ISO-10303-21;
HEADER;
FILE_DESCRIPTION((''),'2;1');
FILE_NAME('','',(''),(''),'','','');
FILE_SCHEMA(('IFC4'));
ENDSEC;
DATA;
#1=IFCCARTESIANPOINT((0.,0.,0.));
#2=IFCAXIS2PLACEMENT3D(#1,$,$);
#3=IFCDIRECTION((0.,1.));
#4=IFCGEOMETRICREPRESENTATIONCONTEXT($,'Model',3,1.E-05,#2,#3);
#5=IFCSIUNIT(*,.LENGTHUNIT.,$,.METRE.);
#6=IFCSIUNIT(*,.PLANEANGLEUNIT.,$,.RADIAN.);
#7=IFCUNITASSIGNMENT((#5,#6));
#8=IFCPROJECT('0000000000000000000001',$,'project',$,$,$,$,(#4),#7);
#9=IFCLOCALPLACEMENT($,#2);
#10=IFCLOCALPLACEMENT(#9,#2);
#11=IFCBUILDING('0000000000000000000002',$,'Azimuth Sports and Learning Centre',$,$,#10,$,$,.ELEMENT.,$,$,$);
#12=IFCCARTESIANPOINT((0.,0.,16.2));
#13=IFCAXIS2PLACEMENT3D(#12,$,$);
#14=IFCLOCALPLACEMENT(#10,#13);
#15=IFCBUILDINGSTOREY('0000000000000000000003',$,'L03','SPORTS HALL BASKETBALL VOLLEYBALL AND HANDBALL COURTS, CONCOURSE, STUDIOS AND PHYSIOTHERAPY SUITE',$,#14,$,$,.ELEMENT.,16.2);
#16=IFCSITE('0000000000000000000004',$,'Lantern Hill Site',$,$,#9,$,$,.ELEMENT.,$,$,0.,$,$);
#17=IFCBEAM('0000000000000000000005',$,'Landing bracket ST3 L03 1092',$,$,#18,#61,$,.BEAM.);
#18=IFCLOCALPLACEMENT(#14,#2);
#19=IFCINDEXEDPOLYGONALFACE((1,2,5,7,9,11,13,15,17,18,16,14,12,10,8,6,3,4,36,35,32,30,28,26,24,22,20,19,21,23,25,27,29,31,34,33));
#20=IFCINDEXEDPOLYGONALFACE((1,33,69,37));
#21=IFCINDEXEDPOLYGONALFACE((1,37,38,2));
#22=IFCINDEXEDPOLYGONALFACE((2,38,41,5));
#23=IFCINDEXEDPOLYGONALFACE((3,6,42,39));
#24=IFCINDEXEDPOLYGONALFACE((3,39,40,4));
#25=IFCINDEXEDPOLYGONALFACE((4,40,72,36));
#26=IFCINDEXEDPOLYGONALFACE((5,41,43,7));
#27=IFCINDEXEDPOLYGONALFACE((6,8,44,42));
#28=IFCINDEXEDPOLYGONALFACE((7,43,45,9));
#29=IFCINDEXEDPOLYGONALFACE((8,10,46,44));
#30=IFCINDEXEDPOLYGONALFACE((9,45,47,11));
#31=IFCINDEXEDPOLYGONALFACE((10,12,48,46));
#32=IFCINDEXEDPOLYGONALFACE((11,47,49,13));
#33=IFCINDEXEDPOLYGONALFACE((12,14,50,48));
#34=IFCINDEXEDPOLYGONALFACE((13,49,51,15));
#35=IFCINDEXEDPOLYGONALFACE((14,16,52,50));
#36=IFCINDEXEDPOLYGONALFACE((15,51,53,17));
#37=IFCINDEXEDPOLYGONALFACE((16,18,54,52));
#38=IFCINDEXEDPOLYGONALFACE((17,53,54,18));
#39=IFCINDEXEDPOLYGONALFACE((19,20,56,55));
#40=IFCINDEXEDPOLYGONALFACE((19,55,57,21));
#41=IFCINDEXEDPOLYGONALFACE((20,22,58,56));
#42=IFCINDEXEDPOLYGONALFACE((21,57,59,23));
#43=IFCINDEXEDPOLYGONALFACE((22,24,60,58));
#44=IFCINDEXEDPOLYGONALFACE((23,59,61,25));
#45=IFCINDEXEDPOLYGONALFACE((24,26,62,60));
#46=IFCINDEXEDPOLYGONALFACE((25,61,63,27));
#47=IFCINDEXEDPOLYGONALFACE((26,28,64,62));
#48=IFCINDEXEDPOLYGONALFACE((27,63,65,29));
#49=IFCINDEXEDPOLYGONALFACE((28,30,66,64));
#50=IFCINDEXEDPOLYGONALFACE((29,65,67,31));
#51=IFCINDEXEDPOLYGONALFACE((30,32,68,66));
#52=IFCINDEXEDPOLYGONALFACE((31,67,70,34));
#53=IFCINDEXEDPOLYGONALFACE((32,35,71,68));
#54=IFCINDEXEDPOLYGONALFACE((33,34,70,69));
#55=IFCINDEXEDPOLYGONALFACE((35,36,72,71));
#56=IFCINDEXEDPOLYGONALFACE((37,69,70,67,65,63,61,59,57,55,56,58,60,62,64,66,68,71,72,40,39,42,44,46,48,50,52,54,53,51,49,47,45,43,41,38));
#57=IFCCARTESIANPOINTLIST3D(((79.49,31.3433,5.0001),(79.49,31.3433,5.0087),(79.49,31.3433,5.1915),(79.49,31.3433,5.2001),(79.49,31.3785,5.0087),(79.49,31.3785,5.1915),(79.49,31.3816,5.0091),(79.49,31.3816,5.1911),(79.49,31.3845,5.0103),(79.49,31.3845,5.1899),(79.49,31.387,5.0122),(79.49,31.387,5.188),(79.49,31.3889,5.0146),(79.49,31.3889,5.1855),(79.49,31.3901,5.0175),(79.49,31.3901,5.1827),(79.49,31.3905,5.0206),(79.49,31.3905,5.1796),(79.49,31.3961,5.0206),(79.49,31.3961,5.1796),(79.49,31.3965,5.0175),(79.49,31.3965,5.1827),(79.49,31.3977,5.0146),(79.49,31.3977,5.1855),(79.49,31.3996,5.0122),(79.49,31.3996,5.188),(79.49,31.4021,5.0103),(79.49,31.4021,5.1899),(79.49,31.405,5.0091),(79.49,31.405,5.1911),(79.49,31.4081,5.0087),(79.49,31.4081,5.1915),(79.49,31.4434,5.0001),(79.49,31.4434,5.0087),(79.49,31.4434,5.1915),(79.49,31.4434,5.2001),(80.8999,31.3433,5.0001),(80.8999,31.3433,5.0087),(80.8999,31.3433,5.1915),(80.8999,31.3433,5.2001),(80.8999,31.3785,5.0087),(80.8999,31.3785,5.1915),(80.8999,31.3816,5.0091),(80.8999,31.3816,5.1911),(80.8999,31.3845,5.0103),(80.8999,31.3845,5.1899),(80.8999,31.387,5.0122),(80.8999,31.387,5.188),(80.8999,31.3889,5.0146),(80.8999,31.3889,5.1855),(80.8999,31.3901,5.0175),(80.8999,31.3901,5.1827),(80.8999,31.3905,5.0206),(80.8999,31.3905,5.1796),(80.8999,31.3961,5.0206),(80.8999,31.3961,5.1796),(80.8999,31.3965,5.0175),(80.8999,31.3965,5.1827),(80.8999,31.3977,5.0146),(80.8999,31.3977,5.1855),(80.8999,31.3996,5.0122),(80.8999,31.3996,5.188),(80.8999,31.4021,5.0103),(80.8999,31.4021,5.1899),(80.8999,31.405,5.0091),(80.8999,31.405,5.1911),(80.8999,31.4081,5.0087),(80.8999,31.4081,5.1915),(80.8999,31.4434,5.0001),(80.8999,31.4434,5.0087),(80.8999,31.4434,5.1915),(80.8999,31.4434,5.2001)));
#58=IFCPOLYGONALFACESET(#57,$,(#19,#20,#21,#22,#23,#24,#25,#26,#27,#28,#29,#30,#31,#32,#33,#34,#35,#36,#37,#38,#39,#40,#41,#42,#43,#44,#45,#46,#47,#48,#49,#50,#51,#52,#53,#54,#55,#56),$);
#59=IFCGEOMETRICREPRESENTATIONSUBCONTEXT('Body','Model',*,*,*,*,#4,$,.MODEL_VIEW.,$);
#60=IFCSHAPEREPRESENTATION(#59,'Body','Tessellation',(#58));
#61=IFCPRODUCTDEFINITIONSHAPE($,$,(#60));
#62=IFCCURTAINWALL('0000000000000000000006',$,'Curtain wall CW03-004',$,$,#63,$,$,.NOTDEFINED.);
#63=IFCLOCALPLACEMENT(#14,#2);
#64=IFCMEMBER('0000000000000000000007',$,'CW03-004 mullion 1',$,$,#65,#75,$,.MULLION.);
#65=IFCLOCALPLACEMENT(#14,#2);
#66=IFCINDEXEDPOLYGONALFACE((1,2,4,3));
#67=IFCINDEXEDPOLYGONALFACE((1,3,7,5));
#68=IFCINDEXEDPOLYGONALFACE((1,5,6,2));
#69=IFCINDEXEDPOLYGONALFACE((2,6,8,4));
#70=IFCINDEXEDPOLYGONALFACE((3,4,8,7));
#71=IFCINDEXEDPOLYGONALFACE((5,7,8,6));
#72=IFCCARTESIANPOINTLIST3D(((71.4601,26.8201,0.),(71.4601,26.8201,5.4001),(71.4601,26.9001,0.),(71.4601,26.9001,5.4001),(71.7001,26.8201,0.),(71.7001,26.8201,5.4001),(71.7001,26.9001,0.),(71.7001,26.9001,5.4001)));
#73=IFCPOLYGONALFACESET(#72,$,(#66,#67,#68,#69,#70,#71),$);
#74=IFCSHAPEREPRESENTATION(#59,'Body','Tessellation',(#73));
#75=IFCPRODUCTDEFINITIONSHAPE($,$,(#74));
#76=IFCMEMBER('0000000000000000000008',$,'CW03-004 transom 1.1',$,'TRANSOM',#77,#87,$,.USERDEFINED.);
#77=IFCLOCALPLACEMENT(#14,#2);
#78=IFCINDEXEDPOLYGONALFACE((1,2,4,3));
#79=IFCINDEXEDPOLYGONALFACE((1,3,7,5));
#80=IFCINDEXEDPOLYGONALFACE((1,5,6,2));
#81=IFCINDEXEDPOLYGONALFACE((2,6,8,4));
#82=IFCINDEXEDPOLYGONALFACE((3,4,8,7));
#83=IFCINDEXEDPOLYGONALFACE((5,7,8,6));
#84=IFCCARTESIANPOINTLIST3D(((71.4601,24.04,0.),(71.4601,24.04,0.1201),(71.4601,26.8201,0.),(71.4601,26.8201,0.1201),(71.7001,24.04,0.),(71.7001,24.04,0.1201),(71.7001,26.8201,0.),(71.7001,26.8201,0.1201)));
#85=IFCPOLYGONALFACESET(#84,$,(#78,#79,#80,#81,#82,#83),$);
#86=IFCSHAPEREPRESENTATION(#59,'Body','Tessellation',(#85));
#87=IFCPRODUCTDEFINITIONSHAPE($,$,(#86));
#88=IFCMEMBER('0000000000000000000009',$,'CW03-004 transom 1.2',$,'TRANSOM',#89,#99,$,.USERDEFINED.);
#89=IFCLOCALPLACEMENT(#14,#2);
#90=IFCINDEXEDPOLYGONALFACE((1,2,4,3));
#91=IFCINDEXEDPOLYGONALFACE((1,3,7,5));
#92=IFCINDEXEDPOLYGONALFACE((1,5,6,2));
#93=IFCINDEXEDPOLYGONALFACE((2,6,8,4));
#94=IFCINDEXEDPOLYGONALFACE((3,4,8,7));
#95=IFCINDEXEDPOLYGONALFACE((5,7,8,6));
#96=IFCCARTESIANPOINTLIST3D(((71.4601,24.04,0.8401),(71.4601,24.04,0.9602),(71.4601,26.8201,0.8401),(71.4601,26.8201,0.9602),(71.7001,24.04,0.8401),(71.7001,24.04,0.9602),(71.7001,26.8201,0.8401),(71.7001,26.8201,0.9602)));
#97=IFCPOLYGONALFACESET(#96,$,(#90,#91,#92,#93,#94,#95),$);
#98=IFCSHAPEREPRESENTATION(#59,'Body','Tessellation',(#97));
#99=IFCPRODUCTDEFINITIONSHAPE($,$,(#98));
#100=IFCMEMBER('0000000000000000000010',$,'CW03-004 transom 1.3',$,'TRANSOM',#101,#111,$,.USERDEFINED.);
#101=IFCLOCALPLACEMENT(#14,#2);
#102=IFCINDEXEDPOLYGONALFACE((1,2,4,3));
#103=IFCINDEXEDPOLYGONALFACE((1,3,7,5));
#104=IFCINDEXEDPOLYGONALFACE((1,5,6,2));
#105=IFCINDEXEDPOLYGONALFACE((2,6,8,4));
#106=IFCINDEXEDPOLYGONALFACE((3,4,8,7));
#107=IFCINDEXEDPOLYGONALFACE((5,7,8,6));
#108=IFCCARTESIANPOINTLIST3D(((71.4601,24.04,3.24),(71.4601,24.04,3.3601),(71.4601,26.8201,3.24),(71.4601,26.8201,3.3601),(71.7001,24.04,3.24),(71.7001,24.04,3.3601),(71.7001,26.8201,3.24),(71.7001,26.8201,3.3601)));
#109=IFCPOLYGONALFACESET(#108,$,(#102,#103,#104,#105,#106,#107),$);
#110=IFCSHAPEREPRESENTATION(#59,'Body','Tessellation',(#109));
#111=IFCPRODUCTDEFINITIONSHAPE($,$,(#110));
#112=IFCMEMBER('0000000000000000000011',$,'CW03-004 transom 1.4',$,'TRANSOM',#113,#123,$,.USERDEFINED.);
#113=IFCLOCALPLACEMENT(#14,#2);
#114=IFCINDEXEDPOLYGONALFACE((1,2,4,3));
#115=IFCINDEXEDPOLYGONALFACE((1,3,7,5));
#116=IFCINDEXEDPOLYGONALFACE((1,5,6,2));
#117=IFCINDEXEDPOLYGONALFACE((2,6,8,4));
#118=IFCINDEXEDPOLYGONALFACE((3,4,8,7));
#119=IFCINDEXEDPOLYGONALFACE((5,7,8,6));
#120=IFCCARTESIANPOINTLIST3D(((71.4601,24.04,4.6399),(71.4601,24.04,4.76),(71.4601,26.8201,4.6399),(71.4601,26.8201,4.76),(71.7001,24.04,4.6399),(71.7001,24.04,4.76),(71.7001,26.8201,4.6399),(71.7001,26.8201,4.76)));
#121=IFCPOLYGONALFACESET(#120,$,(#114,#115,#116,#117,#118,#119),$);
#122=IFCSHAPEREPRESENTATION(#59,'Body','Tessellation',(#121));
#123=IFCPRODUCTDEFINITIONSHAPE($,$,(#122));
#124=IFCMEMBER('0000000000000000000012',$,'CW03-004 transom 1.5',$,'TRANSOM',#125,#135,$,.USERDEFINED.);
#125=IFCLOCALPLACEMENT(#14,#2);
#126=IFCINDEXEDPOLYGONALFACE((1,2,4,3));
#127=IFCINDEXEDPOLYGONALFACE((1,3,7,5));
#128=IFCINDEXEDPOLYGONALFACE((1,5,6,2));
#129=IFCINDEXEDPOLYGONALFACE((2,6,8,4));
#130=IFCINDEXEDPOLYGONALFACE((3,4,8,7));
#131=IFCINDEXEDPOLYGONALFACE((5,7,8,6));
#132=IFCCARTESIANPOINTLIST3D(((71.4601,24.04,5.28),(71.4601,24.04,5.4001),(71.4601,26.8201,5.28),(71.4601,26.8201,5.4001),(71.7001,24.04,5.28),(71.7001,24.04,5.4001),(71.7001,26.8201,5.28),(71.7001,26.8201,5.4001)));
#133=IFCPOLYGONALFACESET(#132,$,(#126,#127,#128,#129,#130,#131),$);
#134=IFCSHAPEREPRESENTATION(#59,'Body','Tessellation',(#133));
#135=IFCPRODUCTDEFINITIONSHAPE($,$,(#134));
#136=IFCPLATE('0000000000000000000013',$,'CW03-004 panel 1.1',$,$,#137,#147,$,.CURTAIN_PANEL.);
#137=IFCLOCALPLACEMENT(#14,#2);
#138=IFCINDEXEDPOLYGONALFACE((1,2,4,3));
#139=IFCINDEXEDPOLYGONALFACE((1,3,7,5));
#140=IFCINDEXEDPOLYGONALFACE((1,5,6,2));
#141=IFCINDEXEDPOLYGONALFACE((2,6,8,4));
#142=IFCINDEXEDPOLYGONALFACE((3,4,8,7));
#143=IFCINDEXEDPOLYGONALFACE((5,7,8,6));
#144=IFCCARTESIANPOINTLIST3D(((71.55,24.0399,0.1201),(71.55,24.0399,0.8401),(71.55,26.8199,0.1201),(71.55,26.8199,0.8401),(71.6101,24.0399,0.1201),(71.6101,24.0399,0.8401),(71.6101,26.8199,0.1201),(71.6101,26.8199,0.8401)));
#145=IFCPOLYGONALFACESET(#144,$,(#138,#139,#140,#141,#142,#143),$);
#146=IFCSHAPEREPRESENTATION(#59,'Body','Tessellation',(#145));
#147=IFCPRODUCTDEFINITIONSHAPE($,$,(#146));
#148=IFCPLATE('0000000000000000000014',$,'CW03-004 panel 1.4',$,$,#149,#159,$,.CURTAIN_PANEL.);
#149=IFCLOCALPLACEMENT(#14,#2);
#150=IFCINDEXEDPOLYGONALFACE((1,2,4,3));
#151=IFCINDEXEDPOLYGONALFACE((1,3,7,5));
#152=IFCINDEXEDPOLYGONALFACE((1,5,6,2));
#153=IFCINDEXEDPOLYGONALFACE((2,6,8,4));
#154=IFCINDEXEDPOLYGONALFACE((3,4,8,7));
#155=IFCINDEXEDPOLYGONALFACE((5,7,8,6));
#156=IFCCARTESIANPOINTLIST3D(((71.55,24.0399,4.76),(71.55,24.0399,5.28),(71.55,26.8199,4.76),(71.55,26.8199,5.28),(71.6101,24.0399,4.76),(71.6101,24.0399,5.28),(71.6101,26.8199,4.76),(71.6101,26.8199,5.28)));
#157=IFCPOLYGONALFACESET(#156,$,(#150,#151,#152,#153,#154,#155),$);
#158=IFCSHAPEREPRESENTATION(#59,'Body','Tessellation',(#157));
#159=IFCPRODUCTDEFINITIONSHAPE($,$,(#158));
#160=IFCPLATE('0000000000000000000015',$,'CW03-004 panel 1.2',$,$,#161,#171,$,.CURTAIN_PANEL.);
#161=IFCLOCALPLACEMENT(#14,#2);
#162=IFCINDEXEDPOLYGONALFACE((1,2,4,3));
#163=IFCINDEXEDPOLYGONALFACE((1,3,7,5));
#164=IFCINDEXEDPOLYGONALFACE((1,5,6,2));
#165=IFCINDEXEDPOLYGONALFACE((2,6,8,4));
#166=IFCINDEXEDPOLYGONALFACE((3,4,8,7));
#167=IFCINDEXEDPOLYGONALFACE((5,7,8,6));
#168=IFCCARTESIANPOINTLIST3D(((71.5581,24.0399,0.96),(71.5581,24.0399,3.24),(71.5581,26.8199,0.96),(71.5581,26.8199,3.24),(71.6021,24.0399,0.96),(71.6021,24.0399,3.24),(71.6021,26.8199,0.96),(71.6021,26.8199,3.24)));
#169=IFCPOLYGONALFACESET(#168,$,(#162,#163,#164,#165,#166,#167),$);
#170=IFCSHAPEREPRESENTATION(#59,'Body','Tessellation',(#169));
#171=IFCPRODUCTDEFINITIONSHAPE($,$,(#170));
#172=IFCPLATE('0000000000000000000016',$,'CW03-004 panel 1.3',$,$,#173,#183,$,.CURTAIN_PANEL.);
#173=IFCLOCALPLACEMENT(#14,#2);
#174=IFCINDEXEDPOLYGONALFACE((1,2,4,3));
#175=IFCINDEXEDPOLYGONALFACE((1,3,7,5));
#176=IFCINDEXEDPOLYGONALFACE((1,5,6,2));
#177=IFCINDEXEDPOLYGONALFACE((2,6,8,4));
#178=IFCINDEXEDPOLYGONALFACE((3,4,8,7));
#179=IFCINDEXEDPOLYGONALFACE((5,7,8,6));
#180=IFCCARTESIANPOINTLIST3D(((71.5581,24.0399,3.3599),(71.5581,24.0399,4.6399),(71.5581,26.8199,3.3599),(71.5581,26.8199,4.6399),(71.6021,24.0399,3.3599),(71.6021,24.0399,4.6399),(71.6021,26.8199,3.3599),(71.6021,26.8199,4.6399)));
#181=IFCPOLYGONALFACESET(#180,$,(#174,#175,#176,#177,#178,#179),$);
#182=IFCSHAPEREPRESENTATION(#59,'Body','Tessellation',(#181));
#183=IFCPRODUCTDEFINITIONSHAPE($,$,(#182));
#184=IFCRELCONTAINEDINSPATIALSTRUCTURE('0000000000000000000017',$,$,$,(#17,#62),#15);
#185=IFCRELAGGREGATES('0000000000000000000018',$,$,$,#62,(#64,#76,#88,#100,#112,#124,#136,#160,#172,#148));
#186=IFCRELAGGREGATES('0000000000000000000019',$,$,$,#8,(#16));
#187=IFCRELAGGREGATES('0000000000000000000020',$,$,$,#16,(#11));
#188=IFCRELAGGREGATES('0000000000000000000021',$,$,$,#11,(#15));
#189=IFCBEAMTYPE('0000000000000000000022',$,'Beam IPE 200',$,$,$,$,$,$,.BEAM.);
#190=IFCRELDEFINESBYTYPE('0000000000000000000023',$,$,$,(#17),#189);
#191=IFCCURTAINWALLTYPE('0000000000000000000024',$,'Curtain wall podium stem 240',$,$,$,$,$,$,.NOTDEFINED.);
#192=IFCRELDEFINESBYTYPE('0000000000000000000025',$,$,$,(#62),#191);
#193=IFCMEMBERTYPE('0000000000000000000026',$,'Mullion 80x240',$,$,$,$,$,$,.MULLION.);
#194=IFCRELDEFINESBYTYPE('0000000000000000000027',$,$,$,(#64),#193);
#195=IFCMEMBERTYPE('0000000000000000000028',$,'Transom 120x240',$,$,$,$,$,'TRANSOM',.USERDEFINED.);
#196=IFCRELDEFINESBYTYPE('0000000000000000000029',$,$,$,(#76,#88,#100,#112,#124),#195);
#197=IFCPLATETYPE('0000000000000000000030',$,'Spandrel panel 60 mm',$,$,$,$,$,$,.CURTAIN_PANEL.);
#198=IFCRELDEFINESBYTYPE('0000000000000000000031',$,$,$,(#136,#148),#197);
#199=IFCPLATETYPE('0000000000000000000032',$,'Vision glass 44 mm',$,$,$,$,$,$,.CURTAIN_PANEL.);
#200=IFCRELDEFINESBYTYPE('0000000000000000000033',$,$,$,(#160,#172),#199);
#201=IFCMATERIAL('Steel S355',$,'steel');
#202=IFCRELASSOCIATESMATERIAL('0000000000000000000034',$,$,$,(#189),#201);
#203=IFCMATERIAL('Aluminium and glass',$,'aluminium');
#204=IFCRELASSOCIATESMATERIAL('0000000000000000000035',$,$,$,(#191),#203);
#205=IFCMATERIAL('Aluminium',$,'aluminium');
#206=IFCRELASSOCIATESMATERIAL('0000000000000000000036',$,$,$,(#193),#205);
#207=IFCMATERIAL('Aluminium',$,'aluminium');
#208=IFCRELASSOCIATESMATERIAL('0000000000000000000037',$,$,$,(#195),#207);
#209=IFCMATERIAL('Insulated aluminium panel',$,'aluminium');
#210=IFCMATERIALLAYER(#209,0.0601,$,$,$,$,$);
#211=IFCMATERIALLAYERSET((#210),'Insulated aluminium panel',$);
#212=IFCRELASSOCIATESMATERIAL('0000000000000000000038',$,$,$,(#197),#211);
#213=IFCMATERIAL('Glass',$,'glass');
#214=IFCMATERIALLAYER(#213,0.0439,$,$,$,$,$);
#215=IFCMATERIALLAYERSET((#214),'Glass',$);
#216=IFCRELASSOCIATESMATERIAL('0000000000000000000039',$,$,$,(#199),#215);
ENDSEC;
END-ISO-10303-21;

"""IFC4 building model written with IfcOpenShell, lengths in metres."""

from ifc_helpers import new_model, si_unit, direction, frame, origin, origin_2d, place, context, subcontext, project, spatial, rectangle, i_section, extrude, material, layer, layer_set, material_profile, profile_set, type_object, element, aggregate, save


model = new_model("IFC4")

# Units and contexts
model_context = context("Model", 3, precision=1e-05, world=origin(), true_north=direction((0.0, 1.0)))
body_context = subcontext(model_context, "Body", "Model", "MODEL_VIEW")
ifc_project = project(units=[si_unit("LENGTHUNIT", "METRE"), si_unit("PLANEANGLEUNIT", "RADIAN")], contexts=[model_context])

# Site, building, storey
site_placement = place(None, origin())
site = spatial("IfcSite", under=ifc_project, at=site_placement, Name="Lantern Hill Site", CompositionType="ELEMENT", RefElevation=0.0)
building_placement = place(site_placement, origin())
building = spatial("IfcBuilding", under=site, at=building_placement, Name="Azimuth Sports and Learning Centre", CompositionType="ELEMENT")
storey_placement = place(building_placement, frame((0.0, 0.0, 16.2)))
storey = spatial("IfcBuildingStorey", under=building, at=storey_placement, Name="L03", Description="SPORTS HALL BASKETBALL VOLLEYBALL AND HANDBALL COURTS, CONCOURSE, STUDIOS AND PHYSIOTHERAPY SUITE", CompositionType="ELEMENT", Elevation=16.2)

# Beam
ifc_material_1 = material(Name="Steel S355", Category="steel")
ifc_material_profile_1 = material_profile(ifc_material_1, i_section(OverallWidth=0.1001, OverallDepth=0.2, WebThickness=0.0056, FlangeThickness=0.0085, FilletRadius=0.012, at=origin_2d()), Name="IPE 200")
ifc_profile_set_1 = profile_set([ifc_material_profile_1], Name="Steel S355")
beam_type = type_object("IfcBeamType", Name="Beam IPE 200", PredefinedType="BEAM", material=ifc_profile_set_1)
for number, where, z_axis, x_axis, name in (
    (1, (80.8999, 31.3933, 5.1001), (-1.0, 0.0, 0.0), (0.0, -1.0, 0.0), "Landing bracket ST3 L03 1092"),
):
    element("IfcBeam", number, at=place(storey_placement, frame(where, z_axis=z_axis, x_axis=x_axis)), inside=storey, type_object=beam_type, Name=name, PredefinedType="BEAM", context=body_context, shape_type="SweptSolid", body=[
        extrude(i_section(OverallWidth=0.1001, OverallDepth=0.2, WebThickness=0.0056, FlangeThickness=0.0085, FilletRadius=0.012, at=origin_2d()), origin(), (0.0, 0.0, 1.0), 1.4099),
    ])

# Curtain wall, members, plates
ifc_material_2 = material(Name="Aluminium and glass", Category="aluminium")
curtain_wall_type = type_object("IfcCurtainWallType", Name="Curtain wall podium stem 240", PredefinedType="NOTDEFINED", material=ifc_material_2)
curtain_wall_placement = place(storey_placement, origin())
curtain_wall = element("IfcCurtainWall", 2, at=curtain_wall_placement, inside=storey, type_object=curtain_wall_type, Name="Curtain wall CW03-004", PredefinedType="NOTDEFINED")
ifc_material_3 = material(Name="Aluminium", Category="aluminium")
ifc_material_profile_2 = material_profile(ifc_material_3, rectangle(XDim=0.24, YDim=0.0801, at=origin_2d()), Name="Mullion 80x240")
ifc_profile_set_2 = profile_set([ifc_material_profile_2], Name="Aluminium")
member_type_1 = type_object("IfcMemberType", Name="Mullion 80x240", PredefinedType="MULLION", material=ifc_profile_set_2)
member_1_placement = place(storey_placement, frame((71.5801, 26.8601, 0.0), z_axis=(0.0, 0.0, 1.0), x_axis=(1.0, 0.0, 0.0)))
member_1 = element("IfcMember", 3, at=member_1_placement, type_object=member_type_1, Name="CW03-004 mullion 1", PredefinedType="MULLION", context=body_context, shape_type="SweptSolid", body=[
    extrude(rectangle(XDim=0.24, YDim=0.0801, at=origin_2d()), origin(), (0.0, 0.0, 1.0), 5.4001),
])
ifc_material_4 = material(Name="Aluminium", Category="aluminium")
ifc_material_profile_3 = material_profile(ifc_material_4, rectangle(XDim=0.24, YDim=0.1201, at=origin_2d()), Name="Transom 120x240")
ifc_profile_set_3 = profile_set([ifc_material_profile_3], Name="Aluminium")
member_type_2 = type_object("IfcMemberType", Name="Transom 120x240", ElementType="TRANSOM", PredefinedType="USERDEFINED", material=ifc_profile_set_3)
member_2_placement = place(storey_placement, frame((71.5801, 26.8201, 0.0601), z_axis=(0.0, -1.0, 0.0), x_axis=(1.0, 0.0, 0.0)))
member_2 = element("IfcMember", 4, at=member_2_placement, type_object=member_type_2, Name="CW03-004 transom 1.1", ObjectType="TRANSOM", PredefinedType="USERDEFINED", context=body_context, shape_type="SweptSolid", body=[
    extrude(rectangle(XDim=0.24, YDim=0.1201, at=origin_2d()), origin(), (0.0, 0.0, 1.0), 2.78),
])
member_3_placement = place(storey_placement, frame((71.5801, 26.8201, 0.9001), z_axis=(0.0, -1.0, 0.0), x_axis=(1.0, 0.0, 0.0)))
member_3 = element("IfcMember", 5, at=member_3_placement, type_object=member_type_2, Name="CW03-004 transom 1.2", ObjectType="TRANSOM", PredefinedType="USERDEFINED", context=body_context, shape_type="SweptSolid", body=[
    extrude(rectangle(XDim=0.24, YDim=0.1201, at=origin_2d()), origin(), (0.0, 0.0, 1.0), 2.78),
])
member_4_placement = place(storey_placement, frame((71.5801, 26.8201, 3.3), z_axis=(0.0, -1.0, 0.0), x_axis=(1.0, 0.0, 0.0)))
member_4 = element("IfcMember", 6, at=member_4_placement, type_object=member_type_2, Name="CW03-004 transom 1.3", ObjectType="TRANSOM", PredefinedType="USERDEFINED", context=body_context, shape_type="SweptSolid", body=[
    extrude(rectangle(XDim=0.24, YDim=0.1201, at=origin_2d()), origin(), (0.0, 0.0, 1.0), 2.78),
])
member_5_placement = place(storey_placement, frame((71.5801, 26.8201, 4.7), z_axis=(0.0, -1.0, 0.0), x_axis=(1.0, 0.0, 0.0)))
member_5 = element("IfcMember", 7, at=member_5_placement, type_object=member_type_2, Name="CW03-004 transom 1.4", ObjectType="TRANSOM", PredefinedType="USERDEFINED", context=body_context, shape_type="SweptSolid", body=[
    extrude(rectangle(XDim=0.24, YDim=0.1201, at=origin_2d()), origin(), (0.0, 0.0, 1.0), 2.78),
])
member_6_placement = place(storey_placement, frame((71.5801, 26.8201, 5.3401), z_axis=(0.0, -1.0, 0.0), x_axis=(1.0, 0.0, 0.0)))
member_6 = element("IfcMember", 8, at=member_6_placement, type_object=member_type_2, Name="CW03-004 transom 1.5", ObjectType="TRANSOM", PredefinedType="USERDEFINED", context=body_context, shape_type="SweptSolid", body=[
    extrude(rectangle(XDim=0.24, YDim=0.1201, at=origin_2d()), origin(), (0.0, 0.0, 1.0), 2.78),
])
ifc_material_5 = material(Name="Insulated aluminium panel", Category="aluminium")
ifc_layer_1 = layer(ifc_material_5, 0.0601)
ifc_layer_set_1 = layer_set([ifc_layer_1], Name="Insulated aluminium panel")
plate_type_1 = type_object("IfcPlateType", Name="Spandrel panel 60 mm", PredefinedType="CURTAIN_PANEL", material=ifc_layer_set_1)
plate_1_placement = place(storey_placement, frame((71.5801, 25.4299, 0.1201), z_axis=(0.0, 0.0, 1.0), x_axis=(0.0, -1.0, 0.0)))
plate_1 = element("IfcPlate", 9, at=plate_1_placement, type_object=plate_type_1, Name="CW03-004 panel 1.1", PredefinedType="CURTAIN_PANEL", context=body_context, shape_type="SweptSolid", body=[
    extrude(rectangle(XDim=2.78, YDim=0.0601, at=origin_2d()), origin(), (0.0, 0.0, 1.0), 0.72),
])
plate_2_placement = place(storey_placement, frame((71.5801, 25.4299, 4.76), z_axis=(0.0, 0.0, 1.0), x_axis=(0.0, -1.0, 0.0)))
plate_2 = element("IfcPlate", 10, at=plate_2_placement, type_object=plate_type_1, Name="CW03-004 panel 1.4", PredefinedType="CURTAIN_PANEL", context=body_context, shape_type="SweptSolid", body=[
    extrude(rectangle(XDim=2.78, YDim=0.0601, at=origin_2d()), origin(), (0.0, 0.0, 1.0), 0.52),
])
ifc_material_6 = material(Name="Glass", Category="glass")
ifc_layer_2 = layer(ifc_material_6, 0.0439)
ifc_layer_set_2 = layer_set([ifc_layer_2], Name="Glass")
plate_type_2 = type_object("IfcPlateType", Name="Vision glass 44 mm", PredefinedType="CURTAIN_PANEL", material=ifc_layer_set_2)
plate_3_placement = place(storey_placement, frame((71.5801, 25.4299, 0.96), z_axis=(0.0, 0.0, 1.0), x_axis=(0.0, -1.0, 0.0)))
plate_3 = element("IfcPlate", 11, at=plate_3_placement, type_object=plate_type_2, Name="CW03-004 panel 1.2", PredefinedType="CURTAIN_PANEL", context=body_context, shape_type="SweptSolid", body=[
    extrude(rectangle(XDim=2.78, YDim=0.0439, at=origin_2d()), origin(), (0.0, 0.0, 1.0), 2.28),
])
plate_4_placement = place(storey_placement, frame((71.5801, 25.4299, 3.3599), z_axis=(0.0, 0.0, 1.0), x_axis=(0.0, -1.0, 0.0)))
plate_4 = element("IfcPlate", 12, at=plate_4_placement, type_object=plate_type_2, Name="CW03-004 panel 1.3", PredefinedType="CURTAIN_PANEL", context=body_context, shape_type="SweptSolid", body=[
    extrude(rectangle(XDim=2.78, YDim=0.0439, at=origin_2d()), origin(), (0.0, 0.0, 1.0), 1.28),
])
aggregate(curtain_wall, [member_1, member_2, member_3, member_4, member_5, member_6, plate_1, plate_3, plate_4, plate_2])

save(model, "model.ifc")
